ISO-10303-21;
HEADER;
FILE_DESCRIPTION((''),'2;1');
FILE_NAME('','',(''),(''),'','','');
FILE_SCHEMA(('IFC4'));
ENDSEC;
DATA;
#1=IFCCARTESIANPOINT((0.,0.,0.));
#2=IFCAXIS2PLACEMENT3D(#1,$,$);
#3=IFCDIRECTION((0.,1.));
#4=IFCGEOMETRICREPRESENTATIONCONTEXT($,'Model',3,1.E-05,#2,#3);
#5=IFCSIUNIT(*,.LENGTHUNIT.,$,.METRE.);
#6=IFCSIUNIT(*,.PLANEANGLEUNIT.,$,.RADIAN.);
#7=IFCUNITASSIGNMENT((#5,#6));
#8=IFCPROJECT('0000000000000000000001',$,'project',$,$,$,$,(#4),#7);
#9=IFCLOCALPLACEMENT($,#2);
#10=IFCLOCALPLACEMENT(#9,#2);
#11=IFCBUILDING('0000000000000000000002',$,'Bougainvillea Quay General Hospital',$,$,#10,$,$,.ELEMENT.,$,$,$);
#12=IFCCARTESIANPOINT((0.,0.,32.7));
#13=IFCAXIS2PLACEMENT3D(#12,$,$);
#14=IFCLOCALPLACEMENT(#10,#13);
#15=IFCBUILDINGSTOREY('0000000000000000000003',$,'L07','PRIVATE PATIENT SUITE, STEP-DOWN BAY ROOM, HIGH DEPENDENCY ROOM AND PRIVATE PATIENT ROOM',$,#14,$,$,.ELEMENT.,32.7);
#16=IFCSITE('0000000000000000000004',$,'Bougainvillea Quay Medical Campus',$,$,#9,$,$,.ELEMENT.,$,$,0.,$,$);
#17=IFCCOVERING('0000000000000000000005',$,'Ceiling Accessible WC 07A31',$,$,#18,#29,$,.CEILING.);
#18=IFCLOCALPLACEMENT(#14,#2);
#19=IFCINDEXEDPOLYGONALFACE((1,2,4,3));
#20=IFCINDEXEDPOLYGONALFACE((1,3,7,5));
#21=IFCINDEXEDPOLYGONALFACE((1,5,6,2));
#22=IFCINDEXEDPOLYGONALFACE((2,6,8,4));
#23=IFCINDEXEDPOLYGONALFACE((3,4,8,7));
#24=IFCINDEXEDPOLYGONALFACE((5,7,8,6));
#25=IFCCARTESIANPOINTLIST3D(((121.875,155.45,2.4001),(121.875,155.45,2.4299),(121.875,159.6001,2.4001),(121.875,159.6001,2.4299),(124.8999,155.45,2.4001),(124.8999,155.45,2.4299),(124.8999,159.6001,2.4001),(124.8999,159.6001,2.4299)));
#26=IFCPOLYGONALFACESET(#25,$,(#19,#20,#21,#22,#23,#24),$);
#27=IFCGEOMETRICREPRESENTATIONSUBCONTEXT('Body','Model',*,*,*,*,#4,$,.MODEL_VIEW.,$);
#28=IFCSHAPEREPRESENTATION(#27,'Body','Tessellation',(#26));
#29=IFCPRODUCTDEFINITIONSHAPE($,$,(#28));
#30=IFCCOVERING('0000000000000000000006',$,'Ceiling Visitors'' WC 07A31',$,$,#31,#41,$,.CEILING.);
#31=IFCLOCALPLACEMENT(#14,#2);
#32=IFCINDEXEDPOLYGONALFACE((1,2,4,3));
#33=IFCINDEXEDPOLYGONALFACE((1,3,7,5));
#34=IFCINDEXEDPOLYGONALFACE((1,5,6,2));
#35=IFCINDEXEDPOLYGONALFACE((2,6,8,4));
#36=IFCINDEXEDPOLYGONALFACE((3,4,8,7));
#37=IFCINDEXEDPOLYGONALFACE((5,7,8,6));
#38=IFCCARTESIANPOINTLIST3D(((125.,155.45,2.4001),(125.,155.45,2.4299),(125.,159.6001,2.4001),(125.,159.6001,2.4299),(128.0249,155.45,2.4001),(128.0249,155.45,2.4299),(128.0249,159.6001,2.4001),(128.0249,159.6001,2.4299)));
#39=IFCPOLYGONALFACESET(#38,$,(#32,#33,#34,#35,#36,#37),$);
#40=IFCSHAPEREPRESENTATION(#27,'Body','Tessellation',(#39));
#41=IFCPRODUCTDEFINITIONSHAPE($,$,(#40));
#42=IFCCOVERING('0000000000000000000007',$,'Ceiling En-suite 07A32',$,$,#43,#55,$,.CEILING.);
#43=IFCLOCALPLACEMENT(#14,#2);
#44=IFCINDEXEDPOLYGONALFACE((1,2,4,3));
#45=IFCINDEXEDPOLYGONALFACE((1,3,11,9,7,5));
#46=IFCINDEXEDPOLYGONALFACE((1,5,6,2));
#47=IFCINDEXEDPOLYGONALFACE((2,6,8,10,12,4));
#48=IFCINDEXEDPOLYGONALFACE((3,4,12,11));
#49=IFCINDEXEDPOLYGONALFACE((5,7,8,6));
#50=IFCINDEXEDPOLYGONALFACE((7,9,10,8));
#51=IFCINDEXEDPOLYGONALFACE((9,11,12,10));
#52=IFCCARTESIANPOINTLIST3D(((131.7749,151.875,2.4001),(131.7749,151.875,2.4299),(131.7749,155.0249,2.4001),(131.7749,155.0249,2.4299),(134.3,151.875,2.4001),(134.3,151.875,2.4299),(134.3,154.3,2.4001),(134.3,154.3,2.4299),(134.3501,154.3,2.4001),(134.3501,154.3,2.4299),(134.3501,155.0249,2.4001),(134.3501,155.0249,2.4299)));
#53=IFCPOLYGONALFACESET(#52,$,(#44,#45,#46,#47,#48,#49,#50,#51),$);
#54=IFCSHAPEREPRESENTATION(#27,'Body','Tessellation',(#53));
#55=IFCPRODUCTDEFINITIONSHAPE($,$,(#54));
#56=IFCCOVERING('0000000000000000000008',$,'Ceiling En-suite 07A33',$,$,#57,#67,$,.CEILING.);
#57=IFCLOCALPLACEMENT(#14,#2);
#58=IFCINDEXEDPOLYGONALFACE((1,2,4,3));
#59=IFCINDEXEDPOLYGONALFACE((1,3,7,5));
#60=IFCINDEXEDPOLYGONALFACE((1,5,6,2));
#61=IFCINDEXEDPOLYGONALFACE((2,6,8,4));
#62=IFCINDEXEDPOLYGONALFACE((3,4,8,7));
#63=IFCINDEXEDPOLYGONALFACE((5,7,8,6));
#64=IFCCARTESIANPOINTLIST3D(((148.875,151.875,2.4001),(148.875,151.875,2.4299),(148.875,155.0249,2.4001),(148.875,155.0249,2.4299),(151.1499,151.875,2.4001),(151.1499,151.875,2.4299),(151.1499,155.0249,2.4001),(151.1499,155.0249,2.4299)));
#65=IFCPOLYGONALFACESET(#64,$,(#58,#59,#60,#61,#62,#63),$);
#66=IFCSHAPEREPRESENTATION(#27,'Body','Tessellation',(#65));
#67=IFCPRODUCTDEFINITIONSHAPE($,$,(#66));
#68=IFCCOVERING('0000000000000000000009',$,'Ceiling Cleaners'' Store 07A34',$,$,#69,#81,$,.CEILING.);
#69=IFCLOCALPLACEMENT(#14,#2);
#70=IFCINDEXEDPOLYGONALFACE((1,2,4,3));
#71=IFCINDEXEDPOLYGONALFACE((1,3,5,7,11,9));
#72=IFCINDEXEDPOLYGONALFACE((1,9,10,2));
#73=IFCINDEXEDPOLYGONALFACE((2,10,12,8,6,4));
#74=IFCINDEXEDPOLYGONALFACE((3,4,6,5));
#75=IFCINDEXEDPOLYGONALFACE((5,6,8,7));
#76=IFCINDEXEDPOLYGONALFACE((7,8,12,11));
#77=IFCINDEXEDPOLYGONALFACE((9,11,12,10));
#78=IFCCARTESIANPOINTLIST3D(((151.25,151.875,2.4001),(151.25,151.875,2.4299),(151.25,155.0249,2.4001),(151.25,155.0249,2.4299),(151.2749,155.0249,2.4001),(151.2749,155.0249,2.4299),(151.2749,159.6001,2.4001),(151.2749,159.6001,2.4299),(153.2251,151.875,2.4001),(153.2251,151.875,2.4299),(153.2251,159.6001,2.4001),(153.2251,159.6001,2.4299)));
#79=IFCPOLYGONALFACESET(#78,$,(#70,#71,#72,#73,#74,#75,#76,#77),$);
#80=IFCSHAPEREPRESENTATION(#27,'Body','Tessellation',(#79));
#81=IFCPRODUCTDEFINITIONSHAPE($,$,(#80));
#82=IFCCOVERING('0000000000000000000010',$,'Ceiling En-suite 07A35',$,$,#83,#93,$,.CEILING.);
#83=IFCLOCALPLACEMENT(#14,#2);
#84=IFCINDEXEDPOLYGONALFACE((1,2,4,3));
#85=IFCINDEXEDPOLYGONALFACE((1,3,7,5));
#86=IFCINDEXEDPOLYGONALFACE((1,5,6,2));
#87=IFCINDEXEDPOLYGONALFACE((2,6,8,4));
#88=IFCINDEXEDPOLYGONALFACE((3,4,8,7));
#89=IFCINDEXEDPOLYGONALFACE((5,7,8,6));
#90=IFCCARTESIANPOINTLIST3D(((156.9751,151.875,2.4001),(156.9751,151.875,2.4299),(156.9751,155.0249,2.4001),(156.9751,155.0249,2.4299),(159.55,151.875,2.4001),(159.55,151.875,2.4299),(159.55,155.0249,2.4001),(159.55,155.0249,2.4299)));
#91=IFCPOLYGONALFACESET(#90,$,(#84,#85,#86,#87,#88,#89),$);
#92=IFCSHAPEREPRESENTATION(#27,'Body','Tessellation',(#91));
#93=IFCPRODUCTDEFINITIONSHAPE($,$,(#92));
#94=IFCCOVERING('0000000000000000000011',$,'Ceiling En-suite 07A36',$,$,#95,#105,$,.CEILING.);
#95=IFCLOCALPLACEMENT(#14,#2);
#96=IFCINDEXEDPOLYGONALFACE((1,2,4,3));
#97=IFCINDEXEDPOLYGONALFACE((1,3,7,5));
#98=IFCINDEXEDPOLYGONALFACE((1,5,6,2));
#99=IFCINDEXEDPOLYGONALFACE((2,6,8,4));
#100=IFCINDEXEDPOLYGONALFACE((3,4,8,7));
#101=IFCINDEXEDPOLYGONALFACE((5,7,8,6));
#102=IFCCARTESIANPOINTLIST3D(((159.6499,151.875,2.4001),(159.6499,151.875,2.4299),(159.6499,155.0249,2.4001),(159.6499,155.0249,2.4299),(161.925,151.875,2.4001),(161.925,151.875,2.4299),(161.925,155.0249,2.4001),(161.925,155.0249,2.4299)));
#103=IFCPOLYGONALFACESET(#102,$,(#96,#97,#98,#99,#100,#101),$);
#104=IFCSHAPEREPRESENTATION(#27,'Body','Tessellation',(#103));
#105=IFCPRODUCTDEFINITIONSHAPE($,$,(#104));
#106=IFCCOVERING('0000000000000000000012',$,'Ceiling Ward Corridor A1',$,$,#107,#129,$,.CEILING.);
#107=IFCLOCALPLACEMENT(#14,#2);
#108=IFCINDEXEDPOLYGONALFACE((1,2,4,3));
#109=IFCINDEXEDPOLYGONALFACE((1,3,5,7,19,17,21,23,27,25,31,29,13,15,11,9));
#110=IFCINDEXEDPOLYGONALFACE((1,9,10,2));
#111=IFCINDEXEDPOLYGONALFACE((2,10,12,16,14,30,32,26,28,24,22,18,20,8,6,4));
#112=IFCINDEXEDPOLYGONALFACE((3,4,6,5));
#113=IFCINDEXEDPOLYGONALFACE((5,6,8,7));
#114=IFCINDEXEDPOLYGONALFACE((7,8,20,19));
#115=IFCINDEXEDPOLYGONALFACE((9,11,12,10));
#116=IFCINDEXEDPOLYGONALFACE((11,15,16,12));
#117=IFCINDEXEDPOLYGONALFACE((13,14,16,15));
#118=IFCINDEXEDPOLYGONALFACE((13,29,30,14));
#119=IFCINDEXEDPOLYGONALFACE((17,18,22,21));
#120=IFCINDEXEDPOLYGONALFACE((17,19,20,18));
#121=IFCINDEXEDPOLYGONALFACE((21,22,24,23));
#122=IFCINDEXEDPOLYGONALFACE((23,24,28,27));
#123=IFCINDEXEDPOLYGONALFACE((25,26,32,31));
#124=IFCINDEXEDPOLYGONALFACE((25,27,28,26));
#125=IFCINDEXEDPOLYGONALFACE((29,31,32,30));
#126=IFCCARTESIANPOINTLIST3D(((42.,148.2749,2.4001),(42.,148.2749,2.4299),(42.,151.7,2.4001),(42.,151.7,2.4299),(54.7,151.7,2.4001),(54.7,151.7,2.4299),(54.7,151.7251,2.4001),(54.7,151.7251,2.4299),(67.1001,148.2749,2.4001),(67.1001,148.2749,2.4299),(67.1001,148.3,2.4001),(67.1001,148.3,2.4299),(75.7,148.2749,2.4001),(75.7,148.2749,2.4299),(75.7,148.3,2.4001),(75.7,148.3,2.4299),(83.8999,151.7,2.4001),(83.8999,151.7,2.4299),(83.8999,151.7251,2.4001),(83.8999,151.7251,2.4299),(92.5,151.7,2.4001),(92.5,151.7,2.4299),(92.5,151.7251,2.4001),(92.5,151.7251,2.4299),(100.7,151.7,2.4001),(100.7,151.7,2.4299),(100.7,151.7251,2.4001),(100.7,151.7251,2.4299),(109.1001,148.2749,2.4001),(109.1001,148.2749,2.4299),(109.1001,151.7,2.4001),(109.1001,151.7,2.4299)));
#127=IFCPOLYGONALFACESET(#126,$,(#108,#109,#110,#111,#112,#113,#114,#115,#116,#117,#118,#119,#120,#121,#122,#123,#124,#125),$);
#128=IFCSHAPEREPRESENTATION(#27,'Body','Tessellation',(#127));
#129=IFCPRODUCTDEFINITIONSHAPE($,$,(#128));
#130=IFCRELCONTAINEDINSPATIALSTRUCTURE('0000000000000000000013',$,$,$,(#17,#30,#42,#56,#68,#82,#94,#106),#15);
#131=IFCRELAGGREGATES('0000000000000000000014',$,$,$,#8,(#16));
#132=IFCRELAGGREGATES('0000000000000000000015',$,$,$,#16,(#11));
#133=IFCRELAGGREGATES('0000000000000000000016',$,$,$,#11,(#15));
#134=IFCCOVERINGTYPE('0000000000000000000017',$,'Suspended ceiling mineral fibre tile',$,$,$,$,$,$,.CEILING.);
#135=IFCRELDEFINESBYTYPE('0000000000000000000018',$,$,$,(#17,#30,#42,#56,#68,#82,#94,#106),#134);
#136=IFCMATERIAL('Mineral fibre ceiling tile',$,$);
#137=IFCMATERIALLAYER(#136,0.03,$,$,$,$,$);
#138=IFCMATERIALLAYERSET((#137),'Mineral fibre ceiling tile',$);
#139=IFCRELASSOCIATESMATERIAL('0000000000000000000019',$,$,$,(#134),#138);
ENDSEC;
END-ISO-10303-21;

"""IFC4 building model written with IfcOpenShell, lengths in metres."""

from ifc_helpers import new_model, si_unit, direction, frame, origin, place, context, subcontext, project, spatial, polyline, outline, extrude, material, layer, layer_set, type_object, element, save


model = new_model("IFC4")

# Units and contexts
model_context = context("Model", 3, precision=1e-05, world=origin(), true_north=direction((0.0, 1.0)))
body_context = subcontext(model_context, "Body", "Model", "MODEL_VIEW")
ifc_project = project(units=[si_unit("LENGTHUNIT", "METRE"), si_unit("PLANEANGLEUNIT", "RADIAN")], contexts=[model_context])

# Site, building, storey
site_placement = place(None, origin())
site = spatial("IfcSite", under=ifc_project, at=site_placement, Name="Bougainvillea Quay Medical Campus", CompositionType="ELEMENT", RefElevation=0.0)
building_placement = place(site_placement, origin())
building = spatial("IfcBuilding", under=site, at=building_placement, Name="Bougainvillea Quay General Hospital", CompositionType="ELEMENT")
storey_placement = place(building_placement, frame((0.0, 0.0, 32.7)))
storey = spatial("IfcBuildingStorey", under=building, at=storey_placement, Name="L07", Description="PRIVATE PATIENT SUITE, STEP-DOWN BAY ROOM, HIGH DEPENDENCY ROOM AND PRIVATE PATIENT ROOM", CompositionType="ELEMENT", Elevation=32.7)

# Coverings
ifc_material = material(Name="Mineral fibre ceiling tile")
ifc_layer = layer(ifc_material, 0.03)
ifc_layer_set = layer_set([ifc_layer], Name="Mineral fibre ceiling tile")
covering_type = type_object("IfcCoveringType", Name="Suspended ceiling mineral fibre tile", PredefinedType="CEILING", material=ifc_layer_set)
covering_1_placement = place(storey_placement, frame((0.0, 0.0, 2.4001)))
element("IfcCovering", 1, at=covering_1_placement, inside=storey, type_object=covering_type, Name="Ceiling Accessible WC 07A31", PredefinedType="CEILING", context=body_context, shape_type="SweptSolid", body=[
    extrude(outline(polyline([(121.875, 159.6001), (121.875, 155.45), (124.8999, 155.45), (124.8999, 159.6001), (121.875, 159.6001)])), origin(), (0.0, 0.0, 1.0), 0.0298),
])
covering_2_placement = place(storey_placement, frame((0.0, 0.0, 2.4001)))
element("IfcCovering", 2, at=covering_2_placement, inside=storey, type_object=covering_type, Name="Ceiling Visitors' WC 07A31", PredefinedType="CEILING", context=body_context, shape_type="SweptSolid", body=[
    extrude(outline(polyline([(125.0, 159.6001), (125.0, 155.45), (128.0249, 155.45), (128.0249, 159.6001), (125.0, 159.6001)])), origin(), (0.0, 0.0, 1.0), 0.0298),
])
covering_3_placement = place(storey_placement, frame((0.0, 0.0, 2.4001)))
element("IfcCovering", 3, at=covering_3_placement, inside=storey, type_object=covering_type, Name="Ceiling En-suite 07A32", PredefinedType="CEILING", context=body_context, shape_type="SweptSolid", body=[
    extrude(outline(polyline([(134.3501, 154.3), (134.3501, 155.0249), (131.7749, 155.0249), (131.7749, 151.875), (134.3, 151.875), (134.3, 154.3), (134.3501, 154.3)])), origin(), (0.0, 0.0, 1.0), 0.0298),
])
covering_4_placement = place(storey_placement, frame((0.0, 0.0, 2.4001)))
element("IfcCovering", 4, at=covering_4_placement, inside=storey, type_object=covering_type, Name="Ceiling En-suite 07A33", PredefinedType="CEILING", context=body_context, shape_type="SweptSolid", body=[
    extrude(outline(polyline([(151.1499, 155.0249), (148.875, 155.0249), (148.875, 151.875), (151.1499, 151.875), (151.1499, 155.0249)])), origin(), (0.0, 0.0, 1.0), 0.0298),
])
covering_5_placement = place(storey_placement, frame((0.0, 0.0, 2.4001)))
element("IfcCovering", 5, at=covering_5_placement, inside=storey, type_object=covering_type, Name="Ceiling Cleaners' Store 07A34", PredefinedType="CEILING", context=body_context, shape_type="SweptSolid", body=[
    extrude(outline(polyline([(151.2749, 159.6001), (151.2749, 155.0249), (151.25, 155.0249), (151.25, 151.875), (153.2251, 151.875), (153.2251, 159.6001), (151.2749, 159.6001)])), origin(), (0.0, 0.0, 1.0), 0.0298),
])
covering_6_placement = place(storey_placement, frame((0.0, 0.0, 2.4001)))
element("IfcCovering", 6, at=covering_6_placement, inside=storey, type_object=covering_type, Name="Ceiling En-suite 07A35", PredefinedType="CEILING", context=body_context, shape_type="SweptSolid", body=[
    extrude(outline(polyline([(156.9751, 155.0249), (156.9751, 151.875), (159.55, 151.875), (159.55, 155.0249), (156.9751, 155.0249)])), origin(), (0.0, 0.0, 1.0), 0.0298),
])
covering_7_placement = place(storey_placement, frame((0.0, 0.0, 2.4001)))
element("IfcCovering", 7, at=covering_7_placement, inside=storey, type_object=covering_type, Name="Ceiling En-suite 07A36", PredefinedType="CEILING", context=body_context, shape_type="SweptSolid", body=[
    extrude(outline(polyline([(159.6499, 155.0249), (159.6499, 151.875), (161.925, 151.875), (161.925, 155.0249), (159.6499, 155.0249)])), origin(), (0.0, 0.0, 1.0), 0.0298),
])
covering_8_placement = place(storey_placement, frame((0.0, 0.0, 2.4001)))
element("IfcCovering", 8, at=covering_8_placement, inside=storey, type_object=covering_type, Name="Ceiling Ward Corridor A1", PredefinedType="CEILING", context=body_context, shape_type="SweptSolid", body=[
    extrude(outline(polyline([(42.0, 148.2749), (67.1001, 148.2749), (67.1001, 148.3), (75.7, 148.3), (75.7, 148.2749), (109.1001, 148.2749), (109.1001, 151.7), (100.7, 151.7), (100.7, 151.7251), (92.5, 151.7251), (92.5, 151.7), (83.8999, 151.7), (83.8999, 151.7251), (54.7, 151.7251), (54.7, 151.7), (42.0, 151.7), (42.0, 148.2749)])), origin(), (0.0, 0.0, 1.0), 0.0298),
])

save(model, "model.ifc")
